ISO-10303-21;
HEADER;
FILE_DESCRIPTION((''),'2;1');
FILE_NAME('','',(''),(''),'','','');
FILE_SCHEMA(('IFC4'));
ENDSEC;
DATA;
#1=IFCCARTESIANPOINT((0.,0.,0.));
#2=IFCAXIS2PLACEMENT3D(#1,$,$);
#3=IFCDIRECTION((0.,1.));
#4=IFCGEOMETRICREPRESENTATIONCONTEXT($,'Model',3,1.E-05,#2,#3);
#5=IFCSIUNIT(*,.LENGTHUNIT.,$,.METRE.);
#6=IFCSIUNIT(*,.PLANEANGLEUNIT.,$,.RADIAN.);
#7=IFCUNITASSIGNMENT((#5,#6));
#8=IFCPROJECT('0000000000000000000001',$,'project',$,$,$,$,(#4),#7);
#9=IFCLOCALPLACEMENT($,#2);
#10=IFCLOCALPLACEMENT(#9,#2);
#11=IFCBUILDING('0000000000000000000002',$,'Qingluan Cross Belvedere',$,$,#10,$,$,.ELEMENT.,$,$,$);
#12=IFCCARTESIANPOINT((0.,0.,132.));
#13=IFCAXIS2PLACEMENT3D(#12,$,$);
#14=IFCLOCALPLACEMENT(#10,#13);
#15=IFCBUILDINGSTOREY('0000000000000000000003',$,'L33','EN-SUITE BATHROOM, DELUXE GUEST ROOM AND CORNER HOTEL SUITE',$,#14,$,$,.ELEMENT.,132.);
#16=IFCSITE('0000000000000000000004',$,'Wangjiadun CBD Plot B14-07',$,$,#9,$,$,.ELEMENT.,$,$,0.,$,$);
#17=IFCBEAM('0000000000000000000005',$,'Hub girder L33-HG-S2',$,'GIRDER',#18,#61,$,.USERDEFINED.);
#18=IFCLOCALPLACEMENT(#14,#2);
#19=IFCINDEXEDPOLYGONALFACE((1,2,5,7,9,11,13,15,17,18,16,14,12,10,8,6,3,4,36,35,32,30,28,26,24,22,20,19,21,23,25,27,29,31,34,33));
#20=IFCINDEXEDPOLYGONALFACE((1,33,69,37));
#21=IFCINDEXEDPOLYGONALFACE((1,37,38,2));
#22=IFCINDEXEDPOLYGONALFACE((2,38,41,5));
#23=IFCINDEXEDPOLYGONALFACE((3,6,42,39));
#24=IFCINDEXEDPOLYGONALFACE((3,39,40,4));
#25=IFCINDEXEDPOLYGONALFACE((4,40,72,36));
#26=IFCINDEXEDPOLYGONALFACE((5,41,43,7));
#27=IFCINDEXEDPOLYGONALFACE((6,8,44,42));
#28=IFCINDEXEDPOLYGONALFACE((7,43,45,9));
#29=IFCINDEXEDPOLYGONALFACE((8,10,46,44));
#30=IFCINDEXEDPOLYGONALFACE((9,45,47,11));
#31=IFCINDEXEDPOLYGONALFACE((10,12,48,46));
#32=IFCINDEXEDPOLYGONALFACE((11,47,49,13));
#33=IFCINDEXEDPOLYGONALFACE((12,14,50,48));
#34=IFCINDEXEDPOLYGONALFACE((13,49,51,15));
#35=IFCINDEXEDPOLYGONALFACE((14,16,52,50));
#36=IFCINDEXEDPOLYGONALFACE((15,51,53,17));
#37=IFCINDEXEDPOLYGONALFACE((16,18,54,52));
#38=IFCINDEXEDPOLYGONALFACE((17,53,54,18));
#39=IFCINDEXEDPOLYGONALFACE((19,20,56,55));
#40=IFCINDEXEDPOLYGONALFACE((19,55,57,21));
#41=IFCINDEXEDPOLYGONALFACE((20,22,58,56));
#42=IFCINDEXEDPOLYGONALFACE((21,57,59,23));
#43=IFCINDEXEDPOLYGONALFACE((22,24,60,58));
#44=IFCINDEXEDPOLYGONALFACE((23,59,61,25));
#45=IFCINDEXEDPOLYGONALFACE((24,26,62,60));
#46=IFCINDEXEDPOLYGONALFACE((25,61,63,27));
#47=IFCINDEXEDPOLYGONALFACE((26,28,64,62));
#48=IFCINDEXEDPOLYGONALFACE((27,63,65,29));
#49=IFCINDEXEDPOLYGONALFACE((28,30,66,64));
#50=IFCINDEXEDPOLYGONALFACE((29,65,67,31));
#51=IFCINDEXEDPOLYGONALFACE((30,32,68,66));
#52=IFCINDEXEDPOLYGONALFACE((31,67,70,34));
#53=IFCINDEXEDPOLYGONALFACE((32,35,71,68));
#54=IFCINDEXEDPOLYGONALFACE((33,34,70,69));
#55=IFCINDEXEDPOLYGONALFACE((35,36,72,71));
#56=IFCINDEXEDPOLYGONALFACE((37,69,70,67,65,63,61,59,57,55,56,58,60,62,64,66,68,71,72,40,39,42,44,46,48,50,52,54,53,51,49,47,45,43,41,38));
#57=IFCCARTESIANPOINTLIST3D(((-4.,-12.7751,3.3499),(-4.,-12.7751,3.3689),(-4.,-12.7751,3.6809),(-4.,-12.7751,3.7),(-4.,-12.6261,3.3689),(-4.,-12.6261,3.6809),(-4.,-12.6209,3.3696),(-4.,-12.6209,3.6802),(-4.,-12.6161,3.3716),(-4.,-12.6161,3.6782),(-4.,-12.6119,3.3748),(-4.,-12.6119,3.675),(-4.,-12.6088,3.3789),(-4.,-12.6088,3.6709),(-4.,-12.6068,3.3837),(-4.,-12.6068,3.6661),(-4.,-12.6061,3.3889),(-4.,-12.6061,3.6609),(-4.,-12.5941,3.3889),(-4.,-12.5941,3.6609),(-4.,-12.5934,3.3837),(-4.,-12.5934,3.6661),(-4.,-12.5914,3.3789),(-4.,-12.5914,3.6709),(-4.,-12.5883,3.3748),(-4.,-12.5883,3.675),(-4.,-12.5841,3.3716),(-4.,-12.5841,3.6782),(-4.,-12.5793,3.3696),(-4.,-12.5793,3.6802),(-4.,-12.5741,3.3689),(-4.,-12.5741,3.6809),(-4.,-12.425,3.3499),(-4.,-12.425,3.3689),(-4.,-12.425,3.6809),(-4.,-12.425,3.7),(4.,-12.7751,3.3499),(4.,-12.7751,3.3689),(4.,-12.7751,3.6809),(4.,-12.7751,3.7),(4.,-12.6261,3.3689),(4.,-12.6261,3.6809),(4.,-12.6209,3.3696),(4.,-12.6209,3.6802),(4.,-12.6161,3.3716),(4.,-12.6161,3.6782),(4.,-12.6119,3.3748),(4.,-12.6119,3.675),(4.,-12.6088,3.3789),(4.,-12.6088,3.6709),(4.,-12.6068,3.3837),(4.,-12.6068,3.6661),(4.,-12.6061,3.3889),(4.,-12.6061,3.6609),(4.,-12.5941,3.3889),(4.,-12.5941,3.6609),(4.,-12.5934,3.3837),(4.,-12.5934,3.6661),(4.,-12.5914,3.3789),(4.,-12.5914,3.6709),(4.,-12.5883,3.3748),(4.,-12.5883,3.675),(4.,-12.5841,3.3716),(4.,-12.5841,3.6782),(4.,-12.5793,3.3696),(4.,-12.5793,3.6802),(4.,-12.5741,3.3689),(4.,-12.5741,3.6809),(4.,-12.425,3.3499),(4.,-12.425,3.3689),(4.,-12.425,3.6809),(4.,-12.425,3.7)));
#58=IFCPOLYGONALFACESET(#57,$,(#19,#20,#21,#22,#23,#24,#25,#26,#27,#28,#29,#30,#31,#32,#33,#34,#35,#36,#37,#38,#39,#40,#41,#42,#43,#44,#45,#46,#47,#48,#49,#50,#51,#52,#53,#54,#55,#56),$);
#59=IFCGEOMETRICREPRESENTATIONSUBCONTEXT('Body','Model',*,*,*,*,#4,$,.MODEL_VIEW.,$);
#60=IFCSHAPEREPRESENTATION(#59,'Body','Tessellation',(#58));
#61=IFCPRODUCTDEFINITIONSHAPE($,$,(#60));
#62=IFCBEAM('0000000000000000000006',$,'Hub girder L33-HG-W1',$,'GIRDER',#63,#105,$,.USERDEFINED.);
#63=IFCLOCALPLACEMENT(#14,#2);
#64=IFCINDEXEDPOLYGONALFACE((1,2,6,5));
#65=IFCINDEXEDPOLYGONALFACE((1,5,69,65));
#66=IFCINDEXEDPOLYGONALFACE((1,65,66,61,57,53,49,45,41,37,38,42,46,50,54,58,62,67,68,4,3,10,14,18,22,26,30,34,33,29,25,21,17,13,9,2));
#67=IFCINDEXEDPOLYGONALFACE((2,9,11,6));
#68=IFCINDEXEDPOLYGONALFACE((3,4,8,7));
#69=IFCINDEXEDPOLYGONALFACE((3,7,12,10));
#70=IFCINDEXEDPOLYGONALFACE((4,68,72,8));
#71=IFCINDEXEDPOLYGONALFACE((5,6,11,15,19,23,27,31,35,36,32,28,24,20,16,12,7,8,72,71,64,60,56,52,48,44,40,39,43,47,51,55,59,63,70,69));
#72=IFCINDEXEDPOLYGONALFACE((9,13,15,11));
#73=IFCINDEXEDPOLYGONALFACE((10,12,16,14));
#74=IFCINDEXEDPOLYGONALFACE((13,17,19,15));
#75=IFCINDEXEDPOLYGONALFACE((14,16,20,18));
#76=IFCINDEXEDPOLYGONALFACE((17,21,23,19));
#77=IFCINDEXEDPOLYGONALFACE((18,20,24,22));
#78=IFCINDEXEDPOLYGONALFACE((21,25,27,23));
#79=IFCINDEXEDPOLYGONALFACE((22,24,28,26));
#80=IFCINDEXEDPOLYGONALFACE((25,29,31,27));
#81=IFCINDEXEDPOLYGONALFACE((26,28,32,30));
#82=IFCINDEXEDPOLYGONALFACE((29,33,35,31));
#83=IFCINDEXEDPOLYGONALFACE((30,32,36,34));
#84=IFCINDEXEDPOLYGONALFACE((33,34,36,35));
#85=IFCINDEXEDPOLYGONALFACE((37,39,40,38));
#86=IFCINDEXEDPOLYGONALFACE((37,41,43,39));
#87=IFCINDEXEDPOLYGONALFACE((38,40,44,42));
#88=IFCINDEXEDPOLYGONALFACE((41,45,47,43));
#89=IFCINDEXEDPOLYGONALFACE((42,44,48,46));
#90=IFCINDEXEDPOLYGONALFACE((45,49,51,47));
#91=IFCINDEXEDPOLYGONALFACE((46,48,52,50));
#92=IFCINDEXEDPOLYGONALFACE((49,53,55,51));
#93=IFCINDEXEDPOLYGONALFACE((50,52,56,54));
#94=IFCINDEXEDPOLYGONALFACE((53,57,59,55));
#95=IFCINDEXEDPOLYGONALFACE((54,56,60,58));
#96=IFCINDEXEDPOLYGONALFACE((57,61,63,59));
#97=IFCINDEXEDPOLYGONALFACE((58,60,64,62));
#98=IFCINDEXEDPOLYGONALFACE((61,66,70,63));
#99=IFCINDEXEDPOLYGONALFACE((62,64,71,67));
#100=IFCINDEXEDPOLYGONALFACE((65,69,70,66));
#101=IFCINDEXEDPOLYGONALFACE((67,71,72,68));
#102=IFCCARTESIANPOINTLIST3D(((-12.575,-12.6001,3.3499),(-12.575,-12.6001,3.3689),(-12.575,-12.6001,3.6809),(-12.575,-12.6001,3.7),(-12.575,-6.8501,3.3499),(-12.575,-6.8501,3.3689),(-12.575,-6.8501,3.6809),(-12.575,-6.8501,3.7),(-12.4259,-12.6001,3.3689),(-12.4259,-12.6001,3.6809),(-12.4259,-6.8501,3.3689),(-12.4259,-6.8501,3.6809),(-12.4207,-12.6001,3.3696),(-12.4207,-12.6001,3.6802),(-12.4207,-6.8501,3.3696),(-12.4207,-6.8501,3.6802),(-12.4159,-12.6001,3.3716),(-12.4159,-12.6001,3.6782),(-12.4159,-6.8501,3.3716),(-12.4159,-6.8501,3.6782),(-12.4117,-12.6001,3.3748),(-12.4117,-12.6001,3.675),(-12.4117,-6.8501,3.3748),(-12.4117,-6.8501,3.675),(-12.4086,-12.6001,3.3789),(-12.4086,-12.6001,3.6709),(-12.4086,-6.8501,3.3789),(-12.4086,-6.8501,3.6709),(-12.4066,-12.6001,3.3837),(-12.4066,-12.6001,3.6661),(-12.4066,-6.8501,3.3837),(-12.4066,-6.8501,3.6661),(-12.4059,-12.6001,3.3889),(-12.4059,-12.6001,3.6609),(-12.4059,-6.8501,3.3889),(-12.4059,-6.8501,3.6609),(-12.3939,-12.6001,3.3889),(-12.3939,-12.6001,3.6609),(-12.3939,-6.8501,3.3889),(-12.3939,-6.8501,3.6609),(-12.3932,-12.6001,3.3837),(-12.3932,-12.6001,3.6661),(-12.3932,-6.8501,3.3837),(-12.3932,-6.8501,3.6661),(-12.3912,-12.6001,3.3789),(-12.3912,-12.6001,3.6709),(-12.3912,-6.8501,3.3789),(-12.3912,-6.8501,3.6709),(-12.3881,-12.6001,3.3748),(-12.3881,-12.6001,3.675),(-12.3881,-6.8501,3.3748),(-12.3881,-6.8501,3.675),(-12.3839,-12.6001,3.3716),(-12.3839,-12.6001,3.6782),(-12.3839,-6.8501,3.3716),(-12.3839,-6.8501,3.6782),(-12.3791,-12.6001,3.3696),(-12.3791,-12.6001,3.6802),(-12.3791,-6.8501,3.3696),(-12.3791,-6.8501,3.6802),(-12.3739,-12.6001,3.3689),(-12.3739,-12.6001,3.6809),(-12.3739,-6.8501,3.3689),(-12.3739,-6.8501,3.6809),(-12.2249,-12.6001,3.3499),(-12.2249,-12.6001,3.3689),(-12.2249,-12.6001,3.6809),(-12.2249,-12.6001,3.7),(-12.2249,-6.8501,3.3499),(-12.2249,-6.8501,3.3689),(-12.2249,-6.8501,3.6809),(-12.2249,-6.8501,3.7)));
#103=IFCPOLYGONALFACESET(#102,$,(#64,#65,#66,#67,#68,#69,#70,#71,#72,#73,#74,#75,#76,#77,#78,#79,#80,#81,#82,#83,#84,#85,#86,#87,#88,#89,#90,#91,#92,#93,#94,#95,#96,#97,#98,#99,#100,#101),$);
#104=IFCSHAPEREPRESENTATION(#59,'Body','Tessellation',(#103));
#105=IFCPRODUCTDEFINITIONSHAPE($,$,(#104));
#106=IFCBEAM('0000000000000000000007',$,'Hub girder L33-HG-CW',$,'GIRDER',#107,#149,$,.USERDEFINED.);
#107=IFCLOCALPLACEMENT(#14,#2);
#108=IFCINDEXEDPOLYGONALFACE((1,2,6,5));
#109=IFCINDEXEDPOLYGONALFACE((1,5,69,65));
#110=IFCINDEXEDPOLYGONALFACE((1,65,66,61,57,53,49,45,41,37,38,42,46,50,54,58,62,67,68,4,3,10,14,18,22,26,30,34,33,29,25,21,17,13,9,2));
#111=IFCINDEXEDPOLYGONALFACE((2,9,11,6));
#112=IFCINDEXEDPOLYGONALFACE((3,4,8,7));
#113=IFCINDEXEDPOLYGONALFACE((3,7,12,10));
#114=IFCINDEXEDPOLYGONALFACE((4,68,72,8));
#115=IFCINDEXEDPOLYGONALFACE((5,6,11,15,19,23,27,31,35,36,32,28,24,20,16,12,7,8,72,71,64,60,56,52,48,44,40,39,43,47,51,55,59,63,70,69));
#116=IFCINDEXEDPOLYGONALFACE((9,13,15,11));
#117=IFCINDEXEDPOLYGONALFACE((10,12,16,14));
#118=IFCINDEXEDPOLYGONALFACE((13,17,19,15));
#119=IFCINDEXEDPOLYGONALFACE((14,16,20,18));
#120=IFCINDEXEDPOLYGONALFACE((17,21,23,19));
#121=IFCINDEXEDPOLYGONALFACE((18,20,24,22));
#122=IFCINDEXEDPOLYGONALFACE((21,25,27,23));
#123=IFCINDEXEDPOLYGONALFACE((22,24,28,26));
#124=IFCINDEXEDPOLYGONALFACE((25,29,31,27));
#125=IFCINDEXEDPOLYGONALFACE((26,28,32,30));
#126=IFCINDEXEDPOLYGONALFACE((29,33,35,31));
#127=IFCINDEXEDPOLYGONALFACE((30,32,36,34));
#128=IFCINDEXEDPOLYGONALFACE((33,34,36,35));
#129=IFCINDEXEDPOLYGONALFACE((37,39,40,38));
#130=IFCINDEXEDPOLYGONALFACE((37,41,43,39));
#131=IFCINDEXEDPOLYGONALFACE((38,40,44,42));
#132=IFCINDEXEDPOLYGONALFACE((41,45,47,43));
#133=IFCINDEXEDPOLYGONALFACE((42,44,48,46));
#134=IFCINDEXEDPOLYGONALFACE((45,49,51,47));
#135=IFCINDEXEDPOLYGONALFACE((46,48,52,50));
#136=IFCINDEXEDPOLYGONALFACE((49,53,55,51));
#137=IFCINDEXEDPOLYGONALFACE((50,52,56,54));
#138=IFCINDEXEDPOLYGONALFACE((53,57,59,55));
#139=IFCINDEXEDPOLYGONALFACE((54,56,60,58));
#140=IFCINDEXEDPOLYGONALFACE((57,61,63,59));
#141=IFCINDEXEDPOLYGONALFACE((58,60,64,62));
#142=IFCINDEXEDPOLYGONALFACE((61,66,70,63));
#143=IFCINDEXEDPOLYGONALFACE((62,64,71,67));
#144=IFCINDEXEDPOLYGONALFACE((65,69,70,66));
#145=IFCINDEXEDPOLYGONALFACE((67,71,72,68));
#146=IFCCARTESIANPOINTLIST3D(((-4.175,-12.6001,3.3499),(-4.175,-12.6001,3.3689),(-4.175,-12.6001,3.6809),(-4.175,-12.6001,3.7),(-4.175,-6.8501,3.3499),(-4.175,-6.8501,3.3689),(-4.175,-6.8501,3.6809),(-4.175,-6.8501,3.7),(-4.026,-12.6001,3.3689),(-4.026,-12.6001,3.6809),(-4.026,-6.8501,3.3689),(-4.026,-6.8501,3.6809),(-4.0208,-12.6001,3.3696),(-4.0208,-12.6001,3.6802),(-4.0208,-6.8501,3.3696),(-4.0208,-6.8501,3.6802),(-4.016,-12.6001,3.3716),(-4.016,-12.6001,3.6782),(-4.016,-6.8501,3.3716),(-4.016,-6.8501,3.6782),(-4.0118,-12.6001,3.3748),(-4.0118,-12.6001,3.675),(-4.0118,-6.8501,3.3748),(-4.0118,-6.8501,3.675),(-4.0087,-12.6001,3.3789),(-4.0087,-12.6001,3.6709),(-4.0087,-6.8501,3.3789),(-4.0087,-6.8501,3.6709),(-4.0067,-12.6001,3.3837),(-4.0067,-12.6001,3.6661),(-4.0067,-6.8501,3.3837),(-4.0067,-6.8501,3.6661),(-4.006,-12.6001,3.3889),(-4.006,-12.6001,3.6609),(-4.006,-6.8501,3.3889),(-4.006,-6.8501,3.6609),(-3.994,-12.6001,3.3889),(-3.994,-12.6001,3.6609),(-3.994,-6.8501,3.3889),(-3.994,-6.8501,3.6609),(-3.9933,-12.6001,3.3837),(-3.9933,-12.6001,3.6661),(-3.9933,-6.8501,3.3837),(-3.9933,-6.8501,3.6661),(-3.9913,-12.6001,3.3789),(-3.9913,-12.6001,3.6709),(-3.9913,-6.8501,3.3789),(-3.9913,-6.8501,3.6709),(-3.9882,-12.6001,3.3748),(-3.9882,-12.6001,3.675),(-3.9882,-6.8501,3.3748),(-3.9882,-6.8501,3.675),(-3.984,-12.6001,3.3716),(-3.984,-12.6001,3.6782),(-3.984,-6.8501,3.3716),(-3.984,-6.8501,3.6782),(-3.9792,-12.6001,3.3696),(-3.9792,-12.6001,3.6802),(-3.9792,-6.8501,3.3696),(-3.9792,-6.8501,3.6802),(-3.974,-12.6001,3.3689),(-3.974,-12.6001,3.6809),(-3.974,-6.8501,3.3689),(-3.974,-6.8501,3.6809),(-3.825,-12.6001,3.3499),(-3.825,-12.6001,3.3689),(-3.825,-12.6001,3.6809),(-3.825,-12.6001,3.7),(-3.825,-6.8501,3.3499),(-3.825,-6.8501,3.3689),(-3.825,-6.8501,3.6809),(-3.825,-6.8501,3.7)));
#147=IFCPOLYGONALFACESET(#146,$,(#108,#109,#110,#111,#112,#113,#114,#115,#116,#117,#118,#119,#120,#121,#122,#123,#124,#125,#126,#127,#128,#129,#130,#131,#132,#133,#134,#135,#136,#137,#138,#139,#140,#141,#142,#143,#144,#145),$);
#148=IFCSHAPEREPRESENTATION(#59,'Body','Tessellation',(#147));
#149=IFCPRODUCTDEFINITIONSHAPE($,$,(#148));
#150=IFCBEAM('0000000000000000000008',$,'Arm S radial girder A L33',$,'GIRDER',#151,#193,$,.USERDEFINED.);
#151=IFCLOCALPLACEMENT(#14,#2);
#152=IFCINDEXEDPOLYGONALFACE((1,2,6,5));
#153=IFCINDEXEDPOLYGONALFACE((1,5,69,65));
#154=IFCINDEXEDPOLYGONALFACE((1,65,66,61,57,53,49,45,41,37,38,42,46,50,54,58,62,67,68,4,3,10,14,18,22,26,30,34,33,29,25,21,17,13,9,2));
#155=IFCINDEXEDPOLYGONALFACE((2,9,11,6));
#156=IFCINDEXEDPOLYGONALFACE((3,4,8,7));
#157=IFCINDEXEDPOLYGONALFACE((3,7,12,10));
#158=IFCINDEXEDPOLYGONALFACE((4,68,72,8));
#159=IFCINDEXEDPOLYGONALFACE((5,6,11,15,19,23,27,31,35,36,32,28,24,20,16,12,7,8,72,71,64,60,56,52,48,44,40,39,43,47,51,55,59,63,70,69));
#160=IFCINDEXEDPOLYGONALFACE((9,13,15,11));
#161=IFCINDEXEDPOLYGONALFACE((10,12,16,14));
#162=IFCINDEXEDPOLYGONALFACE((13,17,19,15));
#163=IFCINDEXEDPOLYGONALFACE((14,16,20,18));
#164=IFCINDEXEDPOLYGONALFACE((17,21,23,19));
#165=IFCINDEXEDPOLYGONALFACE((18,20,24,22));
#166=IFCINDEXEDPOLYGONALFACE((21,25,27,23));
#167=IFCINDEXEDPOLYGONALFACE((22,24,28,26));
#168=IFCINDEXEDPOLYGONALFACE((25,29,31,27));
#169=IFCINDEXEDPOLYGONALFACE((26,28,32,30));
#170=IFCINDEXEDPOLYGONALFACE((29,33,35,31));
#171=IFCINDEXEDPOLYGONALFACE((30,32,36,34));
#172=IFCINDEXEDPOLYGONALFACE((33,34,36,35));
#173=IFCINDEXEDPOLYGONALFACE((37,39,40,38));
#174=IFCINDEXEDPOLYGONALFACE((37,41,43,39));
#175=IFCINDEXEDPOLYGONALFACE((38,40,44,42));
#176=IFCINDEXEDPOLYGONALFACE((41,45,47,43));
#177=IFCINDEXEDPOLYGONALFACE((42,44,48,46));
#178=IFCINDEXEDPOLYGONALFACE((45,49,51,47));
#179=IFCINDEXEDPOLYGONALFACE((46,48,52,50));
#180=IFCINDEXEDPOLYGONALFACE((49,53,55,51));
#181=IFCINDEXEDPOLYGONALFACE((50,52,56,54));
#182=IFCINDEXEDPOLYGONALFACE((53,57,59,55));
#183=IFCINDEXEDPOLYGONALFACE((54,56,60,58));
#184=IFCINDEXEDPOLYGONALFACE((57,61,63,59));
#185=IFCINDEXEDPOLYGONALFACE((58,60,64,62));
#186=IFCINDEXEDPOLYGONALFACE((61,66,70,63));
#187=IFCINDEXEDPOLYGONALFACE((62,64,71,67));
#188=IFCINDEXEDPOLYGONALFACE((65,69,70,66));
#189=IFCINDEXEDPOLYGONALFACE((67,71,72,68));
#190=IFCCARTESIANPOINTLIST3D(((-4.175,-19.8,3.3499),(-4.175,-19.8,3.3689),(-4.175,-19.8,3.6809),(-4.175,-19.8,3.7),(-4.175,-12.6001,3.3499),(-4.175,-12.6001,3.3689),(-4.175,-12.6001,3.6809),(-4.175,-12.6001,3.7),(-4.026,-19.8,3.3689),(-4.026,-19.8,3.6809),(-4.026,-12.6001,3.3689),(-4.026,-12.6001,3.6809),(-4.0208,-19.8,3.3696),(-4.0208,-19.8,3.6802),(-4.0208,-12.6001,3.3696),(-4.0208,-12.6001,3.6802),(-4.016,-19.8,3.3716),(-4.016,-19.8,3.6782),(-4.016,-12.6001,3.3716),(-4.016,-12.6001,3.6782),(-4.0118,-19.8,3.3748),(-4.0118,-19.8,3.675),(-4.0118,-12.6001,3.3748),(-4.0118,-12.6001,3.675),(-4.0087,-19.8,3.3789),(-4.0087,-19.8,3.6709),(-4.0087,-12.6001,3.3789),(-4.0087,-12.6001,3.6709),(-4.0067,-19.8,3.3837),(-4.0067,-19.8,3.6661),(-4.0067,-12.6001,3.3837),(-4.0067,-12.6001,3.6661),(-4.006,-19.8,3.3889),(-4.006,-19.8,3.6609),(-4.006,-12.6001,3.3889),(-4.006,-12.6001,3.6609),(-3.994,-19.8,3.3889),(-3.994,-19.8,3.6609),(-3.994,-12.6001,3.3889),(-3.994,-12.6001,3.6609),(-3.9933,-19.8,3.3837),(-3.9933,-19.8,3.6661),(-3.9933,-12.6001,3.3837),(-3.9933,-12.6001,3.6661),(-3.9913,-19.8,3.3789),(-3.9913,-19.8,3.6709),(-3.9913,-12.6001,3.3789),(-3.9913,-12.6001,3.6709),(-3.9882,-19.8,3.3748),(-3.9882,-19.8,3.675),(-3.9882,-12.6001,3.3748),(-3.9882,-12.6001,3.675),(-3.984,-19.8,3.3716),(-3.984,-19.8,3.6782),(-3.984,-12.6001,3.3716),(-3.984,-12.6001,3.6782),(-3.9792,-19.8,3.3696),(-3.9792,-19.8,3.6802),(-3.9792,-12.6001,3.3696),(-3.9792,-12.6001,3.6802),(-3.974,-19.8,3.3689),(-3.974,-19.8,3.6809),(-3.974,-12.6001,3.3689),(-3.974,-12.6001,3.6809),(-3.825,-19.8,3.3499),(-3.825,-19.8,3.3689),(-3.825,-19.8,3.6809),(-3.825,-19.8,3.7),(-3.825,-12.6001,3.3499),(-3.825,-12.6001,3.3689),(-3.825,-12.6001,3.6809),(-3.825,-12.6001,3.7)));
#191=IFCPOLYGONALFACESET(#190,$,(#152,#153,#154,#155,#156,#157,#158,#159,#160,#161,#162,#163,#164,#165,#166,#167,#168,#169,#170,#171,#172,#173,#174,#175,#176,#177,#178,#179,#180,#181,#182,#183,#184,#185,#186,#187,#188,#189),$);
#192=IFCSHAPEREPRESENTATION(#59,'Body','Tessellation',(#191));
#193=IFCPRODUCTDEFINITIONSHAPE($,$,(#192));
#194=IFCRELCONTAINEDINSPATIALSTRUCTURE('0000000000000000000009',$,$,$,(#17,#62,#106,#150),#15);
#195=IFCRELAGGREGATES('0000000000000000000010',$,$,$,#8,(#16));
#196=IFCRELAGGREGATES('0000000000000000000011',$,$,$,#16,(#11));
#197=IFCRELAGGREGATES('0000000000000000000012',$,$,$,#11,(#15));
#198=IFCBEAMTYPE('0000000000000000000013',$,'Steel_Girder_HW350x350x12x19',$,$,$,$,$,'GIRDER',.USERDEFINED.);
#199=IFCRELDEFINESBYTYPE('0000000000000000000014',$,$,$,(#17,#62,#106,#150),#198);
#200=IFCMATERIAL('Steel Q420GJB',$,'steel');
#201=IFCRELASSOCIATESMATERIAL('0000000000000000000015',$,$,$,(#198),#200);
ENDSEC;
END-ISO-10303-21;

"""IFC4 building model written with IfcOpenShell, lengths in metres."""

from ifc_helpers import new_model, si_unit, direction, frame, origin, origin_2d, place, context, subcontext, project, spatial, i_section, extrude, material, material_profile, profile_set, type_object, element, save


model = new_model("IFC4")

# Units and contexts
model_context = context("Model", 3, precision=1e-05, world=origin(), true_north=direction((0.0, 1.0)))
body_context = subcontext(model_context, "Body", "Model", "MODEL_VIEW")
ifc_project = project(units=[si_unit("LENGTHUNIT", "METRE"), si_unit("PLANEANGLEUNIT", "RADIAN")], contexts=[model_context])

# Site, building, storey
site_placement = place(None, origin())
site = spatial("IfcSite", under=ifc_project, at=site_placement, Name="Wangjiadun CBD Plot B14-07", CompositionType="ELEMENT", RefElevation=0.0)
building_placement = place(site_placement, origin())
building = spatial("IfcBuilding", under=site, at=building_placement, Name="Qingluan Cross Belvedere", CompositionType="ELEMENT")
storey_placement = place(building_placement, frame((0.0, 0.0, 132.0)))
storey = spatial("IfcBuildingStorey", under=building, at=storey_placement, Name="L33", Description="EN-SUITE BATHROOM, DELUXE GUEST ROOM AND CORNER HOTEL SUITE", CompositionType="ELEMENT", Elevation=132.0)

# Beams
ifc_material_1 = material(Name="Steel Q420GJB", Category="steel")
ifc_material_profile_1 = material_profile(ifc_material_1, i_section(OverallWidth=0.3501, OverallDepth=0.3501, WebThickness=0.012, FlangeThickness=0.019, FilletRadius=0.02, at=origin_2d()), Name="HW350x350x12x19")
ifc_profile_set_1 = profile_set([ifc_material_profile_1], Name="Steel Q420GJB")
beam_type_1 = type_object("IfcBeamType", Name="Steel_Girder_HW350x350x12x19", ElementType="GIRDER", PredefinedType="USERDEFINED", material=ifc_profile_set_1)
beam_1_placement = place(storey_placement, frame((-4.0, -12.6001, 3.5249), z_axis=(1.0, 0.0, 0.0), x_axis=(0.0, 1.0, 0.0)))
element("IfcBeam", 1, at=beam_1_placement, inside=storey, type_object=beam_type_1, Name="Hub girder L33-HG-S2", ObjectType="GIRDER", PredefinedType="USERDEFINED", context=body_context, shape_type="SweptSolid", body=[
    extrude(i_section(OverallWidth=0.3501, OverallDepth=0.3501, WebThickness=0.012, FlangeThickness=0.019, FilletRadius=0.02, at=origin_2d()), origin(), (0.0, 0.0, 1.0), 8.0),
])
for number, where, z_axis, x_axis, name in (
    (2, (-12.3999, -12.6001, 3.5249), (0.0, 1.0, 0.0), (-1.0, 0.0, 0.0), "Hub girder L33-HG-W1"),
    (3, (-4.0, -12.6001, 3.5249), (0.0, 1.0, 0.0), (-1.0, 0.0, 0.0), "Hub girder L33-HG-CW"),
):
    element("IfcBeam", number, at=place(storey_placement, frame(where, z_axis=z_axis, x_axis=x_axis)), inside=storey, type_object=beam_type_1, Name=name, ObjectType="GIRDER", PredefinedType="USERDEFINED", context=body_context, shape_type="SweptSolid", body=[
        extrude(i_section(OverallWidth=0.3501, OverallDepth=0.3501, WebThickness=0.012, FlangeThickness=0.019, FilletRadius=0.02, at=origin_2d()), origin(), (0.0, 0.0, 1.0), 5.75),
    ])
beam_2_placement = place(storey_placement, frame((-4.0, -12.6001, 3.5249), z_axis=(0.0, -1.0, 0.0), x_axis=(1.0, 0.0, 0.0)))
element("IfcBeam", 4, at=beam_2_placement, inside=storey, type_object=beam_type_1, Name="Arm S radial girder A L33", ObjectType="GIRDER", PredefinedType="USERDEFINED", context=body_context, shape_type="SweptSolid", body=[
    extrude(i_section(OverallWidth=0.3501, OverallDepth=0.3501, WebThickness=0.012, FlangeThickness=0.019, FilletRadius=0.02, at=origin_2d()), origin(), (0.0, 0.0, 1.0), 7.2),
])

save(model, "model.ifc")
